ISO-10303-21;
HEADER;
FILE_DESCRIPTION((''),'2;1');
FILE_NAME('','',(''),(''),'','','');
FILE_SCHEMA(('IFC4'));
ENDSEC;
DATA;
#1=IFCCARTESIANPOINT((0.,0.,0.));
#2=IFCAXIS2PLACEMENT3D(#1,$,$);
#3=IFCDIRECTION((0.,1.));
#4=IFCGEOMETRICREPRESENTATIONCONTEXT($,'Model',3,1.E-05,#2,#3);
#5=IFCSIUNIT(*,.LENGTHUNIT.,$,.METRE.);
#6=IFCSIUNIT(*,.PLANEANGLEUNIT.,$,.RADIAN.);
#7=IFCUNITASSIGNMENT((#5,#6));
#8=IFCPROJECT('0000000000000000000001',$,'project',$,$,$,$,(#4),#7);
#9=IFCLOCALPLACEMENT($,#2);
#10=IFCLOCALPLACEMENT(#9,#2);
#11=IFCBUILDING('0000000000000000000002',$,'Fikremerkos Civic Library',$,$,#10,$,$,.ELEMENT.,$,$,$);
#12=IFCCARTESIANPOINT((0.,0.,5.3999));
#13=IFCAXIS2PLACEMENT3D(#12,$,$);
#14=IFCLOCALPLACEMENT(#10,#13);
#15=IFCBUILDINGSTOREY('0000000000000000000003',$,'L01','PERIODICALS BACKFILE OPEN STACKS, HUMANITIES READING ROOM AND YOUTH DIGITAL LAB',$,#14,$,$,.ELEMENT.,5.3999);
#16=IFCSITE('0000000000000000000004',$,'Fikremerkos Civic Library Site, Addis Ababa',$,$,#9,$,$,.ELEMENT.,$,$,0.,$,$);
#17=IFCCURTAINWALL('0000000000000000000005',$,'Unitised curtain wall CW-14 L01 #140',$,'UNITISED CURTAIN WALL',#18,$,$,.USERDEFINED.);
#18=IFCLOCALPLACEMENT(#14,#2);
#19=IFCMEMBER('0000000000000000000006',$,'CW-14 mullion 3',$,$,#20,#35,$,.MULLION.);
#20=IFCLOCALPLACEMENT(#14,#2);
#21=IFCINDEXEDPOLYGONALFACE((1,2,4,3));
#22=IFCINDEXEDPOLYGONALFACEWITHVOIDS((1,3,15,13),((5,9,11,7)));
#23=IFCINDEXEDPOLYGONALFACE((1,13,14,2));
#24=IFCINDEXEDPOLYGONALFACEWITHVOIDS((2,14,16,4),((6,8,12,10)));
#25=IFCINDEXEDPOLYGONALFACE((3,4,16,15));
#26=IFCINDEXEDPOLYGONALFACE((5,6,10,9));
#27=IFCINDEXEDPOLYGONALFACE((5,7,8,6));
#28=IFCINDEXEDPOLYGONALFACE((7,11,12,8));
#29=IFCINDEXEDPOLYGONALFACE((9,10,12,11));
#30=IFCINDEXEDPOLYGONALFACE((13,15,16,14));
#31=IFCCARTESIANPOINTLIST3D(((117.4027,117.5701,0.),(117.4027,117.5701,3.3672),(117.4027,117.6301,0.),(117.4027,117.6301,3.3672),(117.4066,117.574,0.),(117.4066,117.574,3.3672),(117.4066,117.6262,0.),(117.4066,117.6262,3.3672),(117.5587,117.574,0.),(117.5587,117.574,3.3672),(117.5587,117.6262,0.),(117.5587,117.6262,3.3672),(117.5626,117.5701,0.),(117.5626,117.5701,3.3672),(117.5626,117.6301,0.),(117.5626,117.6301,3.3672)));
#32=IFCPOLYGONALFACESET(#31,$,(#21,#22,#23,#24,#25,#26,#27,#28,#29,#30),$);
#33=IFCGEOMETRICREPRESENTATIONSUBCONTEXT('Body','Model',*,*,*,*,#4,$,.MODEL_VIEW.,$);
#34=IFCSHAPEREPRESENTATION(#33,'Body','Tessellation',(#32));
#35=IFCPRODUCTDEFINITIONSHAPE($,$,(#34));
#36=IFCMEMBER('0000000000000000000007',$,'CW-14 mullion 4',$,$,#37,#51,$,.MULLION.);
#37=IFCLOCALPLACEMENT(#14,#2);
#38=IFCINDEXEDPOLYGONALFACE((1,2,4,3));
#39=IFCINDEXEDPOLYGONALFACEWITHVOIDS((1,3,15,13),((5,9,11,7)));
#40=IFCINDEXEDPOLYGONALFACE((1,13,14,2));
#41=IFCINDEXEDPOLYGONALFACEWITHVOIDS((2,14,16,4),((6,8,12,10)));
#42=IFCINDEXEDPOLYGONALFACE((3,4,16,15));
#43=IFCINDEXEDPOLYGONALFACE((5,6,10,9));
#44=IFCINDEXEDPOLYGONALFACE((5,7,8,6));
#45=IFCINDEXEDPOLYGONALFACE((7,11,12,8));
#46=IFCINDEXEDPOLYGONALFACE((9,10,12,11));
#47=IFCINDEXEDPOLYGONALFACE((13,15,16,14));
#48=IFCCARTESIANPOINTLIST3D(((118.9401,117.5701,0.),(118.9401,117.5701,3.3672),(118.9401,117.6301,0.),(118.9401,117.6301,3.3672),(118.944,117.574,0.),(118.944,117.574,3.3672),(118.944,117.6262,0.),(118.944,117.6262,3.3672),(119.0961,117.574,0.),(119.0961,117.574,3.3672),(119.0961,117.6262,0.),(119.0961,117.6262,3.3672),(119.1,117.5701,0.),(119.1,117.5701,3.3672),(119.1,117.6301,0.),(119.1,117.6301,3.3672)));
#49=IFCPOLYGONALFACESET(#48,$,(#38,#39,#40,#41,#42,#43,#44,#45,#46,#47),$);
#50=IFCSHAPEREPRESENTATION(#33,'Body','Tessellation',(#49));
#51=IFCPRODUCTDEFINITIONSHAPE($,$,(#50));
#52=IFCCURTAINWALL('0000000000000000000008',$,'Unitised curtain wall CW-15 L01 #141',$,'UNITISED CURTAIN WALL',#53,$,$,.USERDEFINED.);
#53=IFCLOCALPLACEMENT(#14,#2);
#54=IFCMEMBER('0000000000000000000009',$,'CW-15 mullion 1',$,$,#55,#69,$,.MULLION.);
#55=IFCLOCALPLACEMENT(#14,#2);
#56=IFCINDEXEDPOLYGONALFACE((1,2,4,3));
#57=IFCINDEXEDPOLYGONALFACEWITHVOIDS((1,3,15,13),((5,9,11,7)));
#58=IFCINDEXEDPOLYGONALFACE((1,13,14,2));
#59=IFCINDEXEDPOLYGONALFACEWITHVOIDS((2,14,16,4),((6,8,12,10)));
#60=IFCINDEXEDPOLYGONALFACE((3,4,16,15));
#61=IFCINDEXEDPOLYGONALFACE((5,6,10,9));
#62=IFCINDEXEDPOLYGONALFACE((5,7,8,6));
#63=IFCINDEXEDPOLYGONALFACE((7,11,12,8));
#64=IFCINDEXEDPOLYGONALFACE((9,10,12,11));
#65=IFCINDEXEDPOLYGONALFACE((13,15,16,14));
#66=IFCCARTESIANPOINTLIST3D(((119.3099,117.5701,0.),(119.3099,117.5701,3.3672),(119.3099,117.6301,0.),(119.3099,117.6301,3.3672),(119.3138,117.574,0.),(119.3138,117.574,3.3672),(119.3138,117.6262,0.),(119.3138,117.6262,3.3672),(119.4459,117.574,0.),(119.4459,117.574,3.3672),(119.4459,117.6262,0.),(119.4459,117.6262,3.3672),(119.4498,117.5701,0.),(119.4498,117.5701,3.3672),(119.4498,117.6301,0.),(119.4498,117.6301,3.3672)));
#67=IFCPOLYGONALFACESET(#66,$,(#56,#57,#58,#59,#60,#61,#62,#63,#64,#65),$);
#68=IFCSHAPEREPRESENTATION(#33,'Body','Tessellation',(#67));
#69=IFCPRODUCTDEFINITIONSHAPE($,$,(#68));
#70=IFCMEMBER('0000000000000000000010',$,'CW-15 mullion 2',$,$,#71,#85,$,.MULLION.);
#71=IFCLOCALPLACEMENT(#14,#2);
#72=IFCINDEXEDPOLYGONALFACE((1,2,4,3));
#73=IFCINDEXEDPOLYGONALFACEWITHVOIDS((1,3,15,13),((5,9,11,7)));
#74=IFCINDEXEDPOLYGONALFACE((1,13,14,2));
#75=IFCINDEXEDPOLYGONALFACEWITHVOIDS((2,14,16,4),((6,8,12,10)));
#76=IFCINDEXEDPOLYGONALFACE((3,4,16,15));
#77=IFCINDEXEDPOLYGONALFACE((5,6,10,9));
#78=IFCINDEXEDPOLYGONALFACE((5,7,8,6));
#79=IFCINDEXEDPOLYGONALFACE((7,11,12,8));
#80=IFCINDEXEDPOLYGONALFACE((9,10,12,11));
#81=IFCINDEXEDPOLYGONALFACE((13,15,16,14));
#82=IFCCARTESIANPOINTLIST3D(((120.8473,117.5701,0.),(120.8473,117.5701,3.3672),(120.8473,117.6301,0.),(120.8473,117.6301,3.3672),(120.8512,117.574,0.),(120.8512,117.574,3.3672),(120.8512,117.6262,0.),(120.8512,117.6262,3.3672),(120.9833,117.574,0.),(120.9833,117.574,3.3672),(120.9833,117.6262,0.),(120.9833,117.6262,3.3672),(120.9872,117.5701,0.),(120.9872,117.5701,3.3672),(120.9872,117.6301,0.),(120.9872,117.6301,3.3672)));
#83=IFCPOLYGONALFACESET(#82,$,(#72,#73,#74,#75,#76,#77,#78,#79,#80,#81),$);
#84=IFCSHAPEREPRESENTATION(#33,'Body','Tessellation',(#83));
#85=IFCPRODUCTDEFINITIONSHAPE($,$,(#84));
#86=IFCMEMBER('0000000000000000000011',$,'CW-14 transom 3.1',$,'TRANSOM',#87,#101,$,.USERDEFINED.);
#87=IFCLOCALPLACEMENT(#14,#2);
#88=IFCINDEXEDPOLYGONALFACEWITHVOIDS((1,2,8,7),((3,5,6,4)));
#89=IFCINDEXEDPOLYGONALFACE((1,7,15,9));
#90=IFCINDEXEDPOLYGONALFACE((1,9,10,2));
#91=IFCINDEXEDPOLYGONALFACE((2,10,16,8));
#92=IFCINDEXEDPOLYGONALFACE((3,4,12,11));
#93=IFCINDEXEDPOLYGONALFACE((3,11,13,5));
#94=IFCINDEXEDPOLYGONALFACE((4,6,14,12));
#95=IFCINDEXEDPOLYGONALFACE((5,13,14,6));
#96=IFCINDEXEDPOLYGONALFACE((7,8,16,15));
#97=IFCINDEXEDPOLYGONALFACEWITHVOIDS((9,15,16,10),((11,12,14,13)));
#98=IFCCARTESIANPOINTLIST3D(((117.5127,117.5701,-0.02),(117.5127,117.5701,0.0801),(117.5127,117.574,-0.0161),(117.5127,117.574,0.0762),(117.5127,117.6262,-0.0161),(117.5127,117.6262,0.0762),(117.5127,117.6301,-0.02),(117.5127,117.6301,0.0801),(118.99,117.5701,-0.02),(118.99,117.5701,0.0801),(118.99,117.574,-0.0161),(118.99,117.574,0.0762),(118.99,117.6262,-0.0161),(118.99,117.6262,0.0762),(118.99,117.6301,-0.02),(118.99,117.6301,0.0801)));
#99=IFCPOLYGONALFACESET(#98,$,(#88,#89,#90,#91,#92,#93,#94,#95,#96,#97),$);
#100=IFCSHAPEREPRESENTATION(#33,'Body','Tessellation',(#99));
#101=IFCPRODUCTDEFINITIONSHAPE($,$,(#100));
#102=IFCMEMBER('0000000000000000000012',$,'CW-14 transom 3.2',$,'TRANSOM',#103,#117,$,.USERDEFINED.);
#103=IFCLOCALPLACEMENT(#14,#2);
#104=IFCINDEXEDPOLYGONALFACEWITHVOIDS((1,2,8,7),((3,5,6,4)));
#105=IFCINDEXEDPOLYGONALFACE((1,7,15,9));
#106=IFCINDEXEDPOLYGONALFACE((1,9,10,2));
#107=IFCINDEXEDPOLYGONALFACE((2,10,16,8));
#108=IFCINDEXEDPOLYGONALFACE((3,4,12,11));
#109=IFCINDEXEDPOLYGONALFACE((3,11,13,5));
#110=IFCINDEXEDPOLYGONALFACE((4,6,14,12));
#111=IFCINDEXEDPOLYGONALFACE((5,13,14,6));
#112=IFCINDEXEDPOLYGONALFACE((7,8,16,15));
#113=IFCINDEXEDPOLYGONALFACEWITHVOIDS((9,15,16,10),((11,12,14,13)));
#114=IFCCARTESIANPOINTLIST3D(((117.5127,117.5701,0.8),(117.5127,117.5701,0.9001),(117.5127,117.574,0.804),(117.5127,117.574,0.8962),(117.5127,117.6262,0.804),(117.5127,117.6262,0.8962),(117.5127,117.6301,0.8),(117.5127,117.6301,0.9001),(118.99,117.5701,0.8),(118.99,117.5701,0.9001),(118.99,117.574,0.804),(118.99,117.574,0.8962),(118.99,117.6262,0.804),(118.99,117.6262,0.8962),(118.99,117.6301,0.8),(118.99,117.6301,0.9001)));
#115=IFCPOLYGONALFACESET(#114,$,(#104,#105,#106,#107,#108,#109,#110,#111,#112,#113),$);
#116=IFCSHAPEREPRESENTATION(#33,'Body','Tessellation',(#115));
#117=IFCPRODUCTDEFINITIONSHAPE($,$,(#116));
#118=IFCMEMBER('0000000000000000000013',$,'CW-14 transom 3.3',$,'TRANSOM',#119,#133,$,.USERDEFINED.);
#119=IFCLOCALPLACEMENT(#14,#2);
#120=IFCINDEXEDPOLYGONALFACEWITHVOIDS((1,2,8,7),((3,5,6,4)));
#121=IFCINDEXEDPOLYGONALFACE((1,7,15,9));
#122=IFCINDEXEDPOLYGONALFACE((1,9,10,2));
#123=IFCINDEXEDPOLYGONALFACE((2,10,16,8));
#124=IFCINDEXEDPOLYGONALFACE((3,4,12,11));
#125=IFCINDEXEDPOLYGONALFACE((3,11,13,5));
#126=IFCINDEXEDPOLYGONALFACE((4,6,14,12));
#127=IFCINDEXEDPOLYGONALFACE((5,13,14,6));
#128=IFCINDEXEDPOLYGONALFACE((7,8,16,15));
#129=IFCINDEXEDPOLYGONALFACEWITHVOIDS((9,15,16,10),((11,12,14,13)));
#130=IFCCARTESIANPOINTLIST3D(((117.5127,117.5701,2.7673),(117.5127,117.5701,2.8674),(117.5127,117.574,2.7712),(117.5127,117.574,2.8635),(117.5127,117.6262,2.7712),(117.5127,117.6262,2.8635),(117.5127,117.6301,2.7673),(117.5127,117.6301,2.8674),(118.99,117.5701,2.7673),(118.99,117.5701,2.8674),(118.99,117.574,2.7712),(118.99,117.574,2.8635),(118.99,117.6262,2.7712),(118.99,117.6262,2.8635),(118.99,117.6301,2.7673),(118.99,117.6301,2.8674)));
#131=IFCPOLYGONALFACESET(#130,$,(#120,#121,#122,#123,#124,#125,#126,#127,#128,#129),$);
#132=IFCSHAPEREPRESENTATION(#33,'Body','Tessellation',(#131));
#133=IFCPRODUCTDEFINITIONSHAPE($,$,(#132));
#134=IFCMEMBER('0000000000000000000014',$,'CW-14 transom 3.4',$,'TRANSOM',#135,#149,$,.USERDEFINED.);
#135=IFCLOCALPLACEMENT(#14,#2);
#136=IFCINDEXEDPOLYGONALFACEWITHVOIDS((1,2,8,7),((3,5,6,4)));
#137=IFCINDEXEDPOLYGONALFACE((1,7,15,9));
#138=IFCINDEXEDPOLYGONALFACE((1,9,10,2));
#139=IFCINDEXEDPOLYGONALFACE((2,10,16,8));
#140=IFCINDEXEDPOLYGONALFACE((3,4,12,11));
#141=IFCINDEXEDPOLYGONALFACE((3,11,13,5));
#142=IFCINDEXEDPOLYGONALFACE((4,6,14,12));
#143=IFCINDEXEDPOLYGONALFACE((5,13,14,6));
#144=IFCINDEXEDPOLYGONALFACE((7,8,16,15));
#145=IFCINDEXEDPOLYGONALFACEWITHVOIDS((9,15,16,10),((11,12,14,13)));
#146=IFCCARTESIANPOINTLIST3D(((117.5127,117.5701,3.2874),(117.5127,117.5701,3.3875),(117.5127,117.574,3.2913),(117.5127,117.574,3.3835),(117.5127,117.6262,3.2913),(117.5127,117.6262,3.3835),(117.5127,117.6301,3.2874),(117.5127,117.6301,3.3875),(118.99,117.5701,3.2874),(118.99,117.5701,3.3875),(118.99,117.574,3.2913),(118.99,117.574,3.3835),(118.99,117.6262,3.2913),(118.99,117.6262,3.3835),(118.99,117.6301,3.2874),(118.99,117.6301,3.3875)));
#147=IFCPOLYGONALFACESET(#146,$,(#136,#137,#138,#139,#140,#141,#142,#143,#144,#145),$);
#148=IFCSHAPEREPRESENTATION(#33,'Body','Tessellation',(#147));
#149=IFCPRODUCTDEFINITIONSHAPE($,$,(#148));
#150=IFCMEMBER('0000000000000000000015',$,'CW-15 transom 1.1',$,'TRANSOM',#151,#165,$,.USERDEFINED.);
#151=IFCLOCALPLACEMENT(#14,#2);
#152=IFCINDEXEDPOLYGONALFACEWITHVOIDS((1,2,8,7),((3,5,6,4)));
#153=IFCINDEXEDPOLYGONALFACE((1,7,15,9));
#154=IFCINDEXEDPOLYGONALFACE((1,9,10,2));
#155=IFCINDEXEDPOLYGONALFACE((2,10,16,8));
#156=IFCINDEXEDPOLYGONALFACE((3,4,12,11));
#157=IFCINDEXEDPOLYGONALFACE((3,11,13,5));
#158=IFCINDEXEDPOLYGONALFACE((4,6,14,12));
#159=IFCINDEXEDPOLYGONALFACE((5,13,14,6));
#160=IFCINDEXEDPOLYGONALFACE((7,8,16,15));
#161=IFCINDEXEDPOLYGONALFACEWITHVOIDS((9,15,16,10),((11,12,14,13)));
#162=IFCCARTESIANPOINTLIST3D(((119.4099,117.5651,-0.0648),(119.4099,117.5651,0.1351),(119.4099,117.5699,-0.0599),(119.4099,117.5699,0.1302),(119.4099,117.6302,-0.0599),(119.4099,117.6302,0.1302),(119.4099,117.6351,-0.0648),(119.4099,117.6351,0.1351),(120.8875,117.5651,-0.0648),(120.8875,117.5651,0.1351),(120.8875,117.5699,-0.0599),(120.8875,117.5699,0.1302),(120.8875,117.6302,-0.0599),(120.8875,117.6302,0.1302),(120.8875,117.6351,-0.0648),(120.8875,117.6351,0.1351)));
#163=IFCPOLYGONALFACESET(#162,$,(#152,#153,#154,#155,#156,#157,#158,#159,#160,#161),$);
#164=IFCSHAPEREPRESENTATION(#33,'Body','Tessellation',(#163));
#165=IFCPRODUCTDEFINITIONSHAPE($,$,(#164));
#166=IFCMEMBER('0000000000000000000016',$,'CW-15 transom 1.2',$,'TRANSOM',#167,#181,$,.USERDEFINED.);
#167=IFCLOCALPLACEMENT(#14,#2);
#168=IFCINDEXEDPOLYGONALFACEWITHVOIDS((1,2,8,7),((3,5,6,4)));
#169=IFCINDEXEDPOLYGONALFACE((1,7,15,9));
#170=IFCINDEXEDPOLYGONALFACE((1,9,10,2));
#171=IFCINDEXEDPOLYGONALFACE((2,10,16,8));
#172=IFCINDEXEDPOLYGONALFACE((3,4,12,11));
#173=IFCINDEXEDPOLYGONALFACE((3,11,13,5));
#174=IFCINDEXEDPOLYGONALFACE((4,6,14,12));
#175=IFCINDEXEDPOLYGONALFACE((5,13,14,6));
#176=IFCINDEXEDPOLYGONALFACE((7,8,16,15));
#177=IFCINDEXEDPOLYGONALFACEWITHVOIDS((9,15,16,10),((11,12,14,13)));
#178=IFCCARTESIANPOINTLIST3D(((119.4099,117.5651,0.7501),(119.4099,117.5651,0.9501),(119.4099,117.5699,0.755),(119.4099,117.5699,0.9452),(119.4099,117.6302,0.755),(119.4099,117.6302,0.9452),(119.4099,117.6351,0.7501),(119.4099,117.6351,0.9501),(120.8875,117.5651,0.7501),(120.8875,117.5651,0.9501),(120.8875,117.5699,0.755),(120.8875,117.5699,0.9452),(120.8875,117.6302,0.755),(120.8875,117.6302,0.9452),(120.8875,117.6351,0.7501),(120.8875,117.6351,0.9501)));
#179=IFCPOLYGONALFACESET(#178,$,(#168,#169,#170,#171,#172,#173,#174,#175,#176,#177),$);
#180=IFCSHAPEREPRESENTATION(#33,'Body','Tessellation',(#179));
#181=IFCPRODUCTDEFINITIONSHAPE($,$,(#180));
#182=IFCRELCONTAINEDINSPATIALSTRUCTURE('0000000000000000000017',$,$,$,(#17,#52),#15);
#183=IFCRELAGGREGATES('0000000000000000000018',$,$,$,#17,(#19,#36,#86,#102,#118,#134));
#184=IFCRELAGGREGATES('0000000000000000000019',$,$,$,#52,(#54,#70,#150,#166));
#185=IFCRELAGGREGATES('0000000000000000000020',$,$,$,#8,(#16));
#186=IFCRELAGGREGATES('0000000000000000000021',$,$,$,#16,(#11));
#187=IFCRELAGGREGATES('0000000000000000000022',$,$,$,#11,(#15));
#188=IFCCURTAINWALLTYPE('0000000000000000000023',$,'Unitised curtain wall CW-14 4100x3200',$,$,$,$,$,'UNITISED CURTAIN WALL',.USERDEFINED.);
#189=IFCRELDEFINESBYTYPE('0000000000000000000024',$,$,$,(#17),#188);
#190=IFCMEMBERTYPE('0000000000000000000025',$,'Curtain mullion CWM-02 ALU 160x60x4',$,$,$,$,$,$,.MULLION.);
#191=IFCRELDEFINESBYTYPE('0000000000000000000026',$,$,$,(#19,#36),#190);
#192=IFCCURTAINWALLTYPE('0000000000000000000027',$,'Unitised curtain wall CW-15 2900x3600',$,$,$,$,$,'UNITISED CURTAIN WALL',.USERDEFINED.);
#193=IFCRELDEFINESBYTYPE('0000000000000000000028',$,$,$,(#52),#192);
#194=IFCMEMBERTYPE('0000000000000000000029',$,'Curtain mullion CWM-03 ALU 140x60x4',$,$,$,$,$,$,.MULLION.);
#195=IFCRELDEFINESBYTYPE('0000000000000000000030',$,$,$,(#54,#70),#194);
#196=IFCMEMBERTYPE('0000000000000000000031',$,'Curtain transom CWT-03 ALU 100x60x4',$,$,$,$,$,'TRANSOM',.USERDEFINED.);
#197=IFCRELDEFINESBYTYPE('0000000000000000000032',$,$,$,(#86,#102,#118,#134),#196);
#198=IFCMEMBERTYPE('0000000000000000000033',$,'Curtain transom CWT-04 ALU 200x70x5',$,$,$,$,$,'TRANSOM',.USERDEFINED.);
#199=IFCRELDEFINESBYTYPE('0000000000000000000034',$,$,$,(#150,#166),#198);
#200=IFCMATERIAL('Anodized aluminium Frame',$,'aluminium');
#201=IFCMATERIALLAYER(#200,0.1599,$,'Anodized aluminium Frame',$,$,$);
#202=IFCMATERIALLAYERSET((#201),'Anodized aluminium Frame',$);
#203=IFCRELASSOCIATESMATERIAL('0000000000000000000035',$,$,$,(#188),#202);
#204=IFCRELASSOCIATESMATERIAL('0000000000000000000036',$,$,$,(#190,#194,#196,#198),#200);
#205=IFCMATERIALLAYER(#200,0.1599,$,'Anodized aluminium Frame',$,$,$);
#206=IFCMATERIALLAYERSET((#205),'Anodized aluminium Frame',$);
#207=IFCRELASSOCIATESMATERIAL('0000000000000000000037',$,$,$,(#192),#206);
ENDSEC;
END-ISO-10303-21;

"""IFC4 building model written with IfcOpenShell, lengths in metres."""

from ifc_helpers import new_model, si_unit, direction, frame, origin, origin_2d, place, context, subcontext, project, spatial, hollow_rectangle, extrude, material, layer, layer_set, material_profile, profile_set, type_object, element, aggregate, save


model = new_model("IFC4")

# Units and contexts
model_context = context("Model", 3, precision=1e-05, world=origin(), true_north=direction((0.0, 1.0)))
body_context = subcontext(model_context, "Body", "Model", "MODEL_VIEW")
ifc_project = project(units=[si_unit("LENGTHUNIT", "METRE"), si_unit("PLANEANGLEUNIT", "RADIAN")], contexts=[model_context])

# Site, building, storey
site_placement = place(None, origin())
site = spatial("IfcSite", under=ifc_project, at=site_placement, Name="Fikremerkos Civic Library Site, Addis Ababa", CompositionType="ELEMENT", RefElevation=0.0)
building_placement = place(site_placement, origin())
building = spatial("IfcBuilding", under=site, at=building_placement, Name="Fikremerkos Civic Library", CompositionType="ELEMENT")
storey_placement = place(building_placement, frame((0.0, 0.0, 5.3999)))
storey = spatial("IfcBuildingStorey", under=building, at=storey_placement, Name="L01", Description="PERIODICALS BACKFILE OPEN STACKS, HUMANITIES READING ROOM AND YOUTH DIGITAL LAB", CompositionType="ELEMENT", Elevation=5.3999)

# Curtain walls, members
ifc_material_1 = material(Name="Anodized aluminium Frame", Category="aluminium")
ifc_layer_1 = layer(ifc_material_1, 0.1599, Name="Anodized aluminium Frame")
ifc_layer_set_1 = layer_set([ifc_layer_1], Name="Anodized aluminium Frame")
curtain_wall_type_1 = type_object("IfcCurtainWallType", Name="Unitised curtain wall CW-14 4100x3200", ElementType="UNITISED CURTAIN WALL", PredefinedType="USERDEFINED", material=ifc_layer_set_1)
curtain_wall_1_placement = place(storey_placement, origin())
curtain_wall_1 = element("IfcCurtainWall", 1, at=curtain_wall_1_placement, inside=storey, type_object=curtain_wall_type_1, Name="Unitised curtain wall CW-14 L01 #140", ObjectType="UNITISED CURTAIN WALL", PredefinedType="USERDEFINED")
ifc_material_profile_1 = material_profile(ifc_material_1, hollow_rectangle(XDim=0.0601, YDim=0.1599, WallThickness=0.0039, at=origin_2d()), Name="ALU 160x60x4")
ifc_profile_set_1 = profile_set([ifc_material_profile_1], Name="Anodized aluminium Frame")
member_type_1 = type_object("IfcMemberType", Name="Curtain mullion CWM-02 ALU 160x60x4", PredefinedType="MULLION", material=ifc_profile_set_1)
member_1_placement = place(storey_placement, frame((117.4827, 117.6001, 0.0), z_axis=(0.0, 0.0, 1.0), x_axis=(0.0, 1.0, 0.0)))
member_1 = element("IfcMember", 2, at=member_1_placement, type_object=member_type_1, Name="CW-14 mullion 3", PredefinedType="MULLION", context=body_context, shape_type="SweptSolid", body=[
    extrude(hollow_rectangle(XDim=0.0601, YDim=0.1599, WallThickness=0.0039, at=origin_2d()), origin(), (0.0, 0.0, 1.0), 3.3672),
])
member_2_placement = place(storey_placement, frame((119.02, 117.6001, 0.0), z_axis=(0.0, 0.0, 1.0), x_axis=(0.0, 1.0, 0.0)))
member_2 = element("IfcMember", 3, at=member_2_placement, type_object=member_type_1, Name="CW-14 mullion 4", PredefinedType="MULLION", context=body_context, shape_type="SweptSolid", body=[
    extrude(hollow_rectangle(XDim=0.0601, YDim=0.1599, WallThickness=0.0039, at=origin_2d()), origin(), (0.0, 0.0, 1.0), 3.3672),
])
ifc_layer_2 = layer(ifc_material_1, 0.1599, Name="Anodized aluminium Frame")
ifc_layer_set_2 = layer_set([ifc_layer_2], Name="Anodized aluminium Frame")
curtain_wall_type_2 = type_object("IfcCurtainWallType", Name="Unitised curtain wall CW-15 2900x3600", ElementType="UNITISED CURTAIN WALL", PredefinedType="USERDEFINED", material=ifc_layer_set_2)
curtain_wall_2_placement = place(storey_placement, origin())
curtain_wall_2 = element("IfcCurtainWall", 4, at=curtain_wall_2_placement, inside=storey, type_object=curtain_wall_type_2, Name="Unitised curtain wall CW-15 L01 #141", ObjectType="UNITISED CURTAIN WALL", PredefinedType="USERDEFINED")
ifc_material_profile_2 = material_profile(ifc_material_1, hollow_rectangle(XDim=0.0601, YDim=0.1399, WallThickness=0.0039, at=origin_2d()), Name="ALU 140x60x4")
ifc_profile_set_2 = profile_set([ifc_material_profile_2], Name="Anodized aluminium Frame")
member_type_2 = type_object("IfcMemberType", Name="Curtain mullion CWM-03 ALU 140x60x4", PredefinedType="MULLION", material=ifc_profile_set_2)
member_3_placement = place(storey_placement, frame((119.3799, 117.6001, 0.0), z_axis=(0.0, 0.0, 1.0), x_axis=(0.0, 1.0, 0.0)))
member_3 = element("IfcMember", 5, at=member_3_placement, type_object=member_type_2, Name="CW-15 mullion 1", PredefinedType="MULLION", context=body_context, shape_type="SweptSolid", body=[
    extrude(hollow_rectangle(XDim=0.0601, YDim=0.1399, WallThickness=0.0039, at=origin_2d()), origin(), (0.0, 0.0, 1.0), 3.3672),
])
member_4_placement = place(storey_placement, frame((120.9172, 117.6001, 0.0), z_axis=(0.0, 0.0, 1.0), x_axis=(0.0, 1.0, 0.0)))
member_4 = element("IfcMember", 6, at=member_4_placement, type_object=member_type_2, Name="CW-15 mullion 2", PredefinedType="MULLION", context=body_context, shape_type="SweptSolid", body=[
    extrude(hollow_rectangle(XDim=0.0601, YDim=0.1399, WallThickness=0.0039, at=origin_2d()), origin(), (0.0, 0.0, 1.0), 3.3672),
])

# Members
ifc_material_profile_3 = material_profile(ifc_material_1, hollow_rectangle(XDim=0.0601, YDim=0.1001, WallThickness=0.0039, at=origin_2d()), Name="ALU 100x60x4")
ifc_profile_set_3 = profile_set([ifc_material_profile_3], Name="Anodized aluminium Frame")
member_type_3 = type_object("IfcMemberType", Name="Curtain transom CWT-03 ALU 100x60x4", ElementType="TRANSOM", PredefinedType="USERDEFINED", material=ifc_profile_set_3)
member_5_placement = place(storey_placement, frame((117.5127, 117.6001, 0.03), z_axis=(1.0, 0.0, 0.0), x_axis=(0.0, 1.0, 0.0)))
member_5 = element("IfcMember", 7, at=member_5_placement, type_object=member_type_3, Name="CW-14 transom 3.1", ObjectType="TRANSOM", PredefinedType="USERDEFINED", context=body_context, shape_type="SweptSolid", body=[
    extrude(hollow_rectangle(XDim=0.0601, YDim=0.1001, WallThickness=0.0039, at=origin_2d()), origin(), (0.0, 0.0, 1.0), 1.4773),
])
member_6_placement = place(storey_placement, frame((117.5127, 117.6001, 0.8501), z_axis=(1.0, 0.0, 0.0), x_axis=(0.0, 1.0, 0.0)))
member_6 = element("IfcMember", 8, at=member_6_placement, type_object=member_type_3, Name="CW-14 transom 3.2", ObjectType="TRANSOM", PredefinedType="USERDEFINED", context=body_context, shape_type="SweptSolid", body=[
    extrude(hollow_rectangle(XDim=0.0601, YDim=0.1001, WallThickness=0.0039, at=origin_2d()), origin(), (0.0, 0.0, 1.0), 1.4773),
])
member_7_placement = place(storey_placement, frame((117.5127, 117.6001, 2.8174), z_axis=(1.0, 0.0, 0.0), x_axis=(0.0, 1.0, 0.0)))
member_7 = element("IfcMember", 9, at=member_7_placement, type_object=member_type_3, Name="CW-14 transom 3.3", ObjectType="TRANSOM", PredefinedType="USERDEFINED", context=body_context, shape_type="SweptSolid", body=[
    extrude(hollow_rectangle(XDim=0.0601, YDim=0.1001, WallThickness=0.0039, at=origin_2d()), origin(), (0.0, 0.0, 1.0), 1.4773),
])
member_8_placement = place(storey_placement, frame((117.5127, 117.6001, 3.3374), z_axis=(1.0, 0.0, 0.0), x_axis=(0.0, 1.0, 0.0)))
member_8 = element("IfcMember", 10, at=member_8_placement, type_object=member_type_3, Name="CW-14 transom 3.4", ObjectType="TRANSOM", PredefinedType="USERDEFINED", context=body_context, shape_type="SweptSolid", body=[
    extrude(hollow_rectangle(XDim=0.0601, YDim=0.1001, WallThickness=0.0039, at=origin_2d()), origin(), (0.0, 0.0, 1.0), 1.4773),
])
ifc_material_profile_4 = material_profile(ifc_material_1, hollow_rectangle(XDim=0.0701, YDim=0.2, WallThickness=0.0049, at=origin_2d()), Name="ALU 200x70x5")
ifc_profile_set_4 = profile_set([ifc_material_profile_4], Name="Anodized aluminium Frame")
member_type_4 = type_object("IfcMemberType", Name="Curtain transom CWT-04 ALU 200x70x5", ElementType="TRANSOM", PredefinedType="USERDEFINED", material=ifc_profile_set_4)
member_9_placement = place(storey_placement, frame((119.4099, 117.6001, 0.0352), z_axis=(1.0, 0.0, 0.0), x_axis=(0.0, 1.0, 0.0)))
member_9 = element("IfcMember", 11, at=member_9_placement, type_object=member_type_4, Name="CW-15 transom 1.1", ObjectType="TRANSOM", PredefinedType="USERDEFINED", context=body_context, shape_type="SweptSolid", body=[
    extrude(hollow_rectangle(XDim=0.0701, YDim=0.2, WallThickness=0.0049, at=origin_2d()), origin(), (0.0, 0.0, 1.0), 1.4775),
])
member_10_placement = place(storey_placement, frame((119.4099, 117.6001, 0.8501), z_axis=(1.0, 0.0, 0.0), x_axis=(0.0, 1.0, 0.0)))
member_10 = element("IfcMember", 12, at=member_10_placement, type_object=member_type_4, Name="CW-15 transom 1.2", ObjectType="TRANSOM", PredefinedType="USERDEFINED", context=body_context, shape_type="SweptSolid", body=[
    extrude(hollow_rectangle(XDim=0.0701, YDim=0.2, WallThickness=0.0049, at=origin_2d()), origin(), (0.0, 0.0, 1.0), 1.4775),
])

aggregate(curtain_wall_1, [member_1, member_2, member_5, member_6, member_7, member_8])
aggregate(curtain_wall_2, [member_3, member_4, member_9, member_10])

save(model, "model.ifc")
